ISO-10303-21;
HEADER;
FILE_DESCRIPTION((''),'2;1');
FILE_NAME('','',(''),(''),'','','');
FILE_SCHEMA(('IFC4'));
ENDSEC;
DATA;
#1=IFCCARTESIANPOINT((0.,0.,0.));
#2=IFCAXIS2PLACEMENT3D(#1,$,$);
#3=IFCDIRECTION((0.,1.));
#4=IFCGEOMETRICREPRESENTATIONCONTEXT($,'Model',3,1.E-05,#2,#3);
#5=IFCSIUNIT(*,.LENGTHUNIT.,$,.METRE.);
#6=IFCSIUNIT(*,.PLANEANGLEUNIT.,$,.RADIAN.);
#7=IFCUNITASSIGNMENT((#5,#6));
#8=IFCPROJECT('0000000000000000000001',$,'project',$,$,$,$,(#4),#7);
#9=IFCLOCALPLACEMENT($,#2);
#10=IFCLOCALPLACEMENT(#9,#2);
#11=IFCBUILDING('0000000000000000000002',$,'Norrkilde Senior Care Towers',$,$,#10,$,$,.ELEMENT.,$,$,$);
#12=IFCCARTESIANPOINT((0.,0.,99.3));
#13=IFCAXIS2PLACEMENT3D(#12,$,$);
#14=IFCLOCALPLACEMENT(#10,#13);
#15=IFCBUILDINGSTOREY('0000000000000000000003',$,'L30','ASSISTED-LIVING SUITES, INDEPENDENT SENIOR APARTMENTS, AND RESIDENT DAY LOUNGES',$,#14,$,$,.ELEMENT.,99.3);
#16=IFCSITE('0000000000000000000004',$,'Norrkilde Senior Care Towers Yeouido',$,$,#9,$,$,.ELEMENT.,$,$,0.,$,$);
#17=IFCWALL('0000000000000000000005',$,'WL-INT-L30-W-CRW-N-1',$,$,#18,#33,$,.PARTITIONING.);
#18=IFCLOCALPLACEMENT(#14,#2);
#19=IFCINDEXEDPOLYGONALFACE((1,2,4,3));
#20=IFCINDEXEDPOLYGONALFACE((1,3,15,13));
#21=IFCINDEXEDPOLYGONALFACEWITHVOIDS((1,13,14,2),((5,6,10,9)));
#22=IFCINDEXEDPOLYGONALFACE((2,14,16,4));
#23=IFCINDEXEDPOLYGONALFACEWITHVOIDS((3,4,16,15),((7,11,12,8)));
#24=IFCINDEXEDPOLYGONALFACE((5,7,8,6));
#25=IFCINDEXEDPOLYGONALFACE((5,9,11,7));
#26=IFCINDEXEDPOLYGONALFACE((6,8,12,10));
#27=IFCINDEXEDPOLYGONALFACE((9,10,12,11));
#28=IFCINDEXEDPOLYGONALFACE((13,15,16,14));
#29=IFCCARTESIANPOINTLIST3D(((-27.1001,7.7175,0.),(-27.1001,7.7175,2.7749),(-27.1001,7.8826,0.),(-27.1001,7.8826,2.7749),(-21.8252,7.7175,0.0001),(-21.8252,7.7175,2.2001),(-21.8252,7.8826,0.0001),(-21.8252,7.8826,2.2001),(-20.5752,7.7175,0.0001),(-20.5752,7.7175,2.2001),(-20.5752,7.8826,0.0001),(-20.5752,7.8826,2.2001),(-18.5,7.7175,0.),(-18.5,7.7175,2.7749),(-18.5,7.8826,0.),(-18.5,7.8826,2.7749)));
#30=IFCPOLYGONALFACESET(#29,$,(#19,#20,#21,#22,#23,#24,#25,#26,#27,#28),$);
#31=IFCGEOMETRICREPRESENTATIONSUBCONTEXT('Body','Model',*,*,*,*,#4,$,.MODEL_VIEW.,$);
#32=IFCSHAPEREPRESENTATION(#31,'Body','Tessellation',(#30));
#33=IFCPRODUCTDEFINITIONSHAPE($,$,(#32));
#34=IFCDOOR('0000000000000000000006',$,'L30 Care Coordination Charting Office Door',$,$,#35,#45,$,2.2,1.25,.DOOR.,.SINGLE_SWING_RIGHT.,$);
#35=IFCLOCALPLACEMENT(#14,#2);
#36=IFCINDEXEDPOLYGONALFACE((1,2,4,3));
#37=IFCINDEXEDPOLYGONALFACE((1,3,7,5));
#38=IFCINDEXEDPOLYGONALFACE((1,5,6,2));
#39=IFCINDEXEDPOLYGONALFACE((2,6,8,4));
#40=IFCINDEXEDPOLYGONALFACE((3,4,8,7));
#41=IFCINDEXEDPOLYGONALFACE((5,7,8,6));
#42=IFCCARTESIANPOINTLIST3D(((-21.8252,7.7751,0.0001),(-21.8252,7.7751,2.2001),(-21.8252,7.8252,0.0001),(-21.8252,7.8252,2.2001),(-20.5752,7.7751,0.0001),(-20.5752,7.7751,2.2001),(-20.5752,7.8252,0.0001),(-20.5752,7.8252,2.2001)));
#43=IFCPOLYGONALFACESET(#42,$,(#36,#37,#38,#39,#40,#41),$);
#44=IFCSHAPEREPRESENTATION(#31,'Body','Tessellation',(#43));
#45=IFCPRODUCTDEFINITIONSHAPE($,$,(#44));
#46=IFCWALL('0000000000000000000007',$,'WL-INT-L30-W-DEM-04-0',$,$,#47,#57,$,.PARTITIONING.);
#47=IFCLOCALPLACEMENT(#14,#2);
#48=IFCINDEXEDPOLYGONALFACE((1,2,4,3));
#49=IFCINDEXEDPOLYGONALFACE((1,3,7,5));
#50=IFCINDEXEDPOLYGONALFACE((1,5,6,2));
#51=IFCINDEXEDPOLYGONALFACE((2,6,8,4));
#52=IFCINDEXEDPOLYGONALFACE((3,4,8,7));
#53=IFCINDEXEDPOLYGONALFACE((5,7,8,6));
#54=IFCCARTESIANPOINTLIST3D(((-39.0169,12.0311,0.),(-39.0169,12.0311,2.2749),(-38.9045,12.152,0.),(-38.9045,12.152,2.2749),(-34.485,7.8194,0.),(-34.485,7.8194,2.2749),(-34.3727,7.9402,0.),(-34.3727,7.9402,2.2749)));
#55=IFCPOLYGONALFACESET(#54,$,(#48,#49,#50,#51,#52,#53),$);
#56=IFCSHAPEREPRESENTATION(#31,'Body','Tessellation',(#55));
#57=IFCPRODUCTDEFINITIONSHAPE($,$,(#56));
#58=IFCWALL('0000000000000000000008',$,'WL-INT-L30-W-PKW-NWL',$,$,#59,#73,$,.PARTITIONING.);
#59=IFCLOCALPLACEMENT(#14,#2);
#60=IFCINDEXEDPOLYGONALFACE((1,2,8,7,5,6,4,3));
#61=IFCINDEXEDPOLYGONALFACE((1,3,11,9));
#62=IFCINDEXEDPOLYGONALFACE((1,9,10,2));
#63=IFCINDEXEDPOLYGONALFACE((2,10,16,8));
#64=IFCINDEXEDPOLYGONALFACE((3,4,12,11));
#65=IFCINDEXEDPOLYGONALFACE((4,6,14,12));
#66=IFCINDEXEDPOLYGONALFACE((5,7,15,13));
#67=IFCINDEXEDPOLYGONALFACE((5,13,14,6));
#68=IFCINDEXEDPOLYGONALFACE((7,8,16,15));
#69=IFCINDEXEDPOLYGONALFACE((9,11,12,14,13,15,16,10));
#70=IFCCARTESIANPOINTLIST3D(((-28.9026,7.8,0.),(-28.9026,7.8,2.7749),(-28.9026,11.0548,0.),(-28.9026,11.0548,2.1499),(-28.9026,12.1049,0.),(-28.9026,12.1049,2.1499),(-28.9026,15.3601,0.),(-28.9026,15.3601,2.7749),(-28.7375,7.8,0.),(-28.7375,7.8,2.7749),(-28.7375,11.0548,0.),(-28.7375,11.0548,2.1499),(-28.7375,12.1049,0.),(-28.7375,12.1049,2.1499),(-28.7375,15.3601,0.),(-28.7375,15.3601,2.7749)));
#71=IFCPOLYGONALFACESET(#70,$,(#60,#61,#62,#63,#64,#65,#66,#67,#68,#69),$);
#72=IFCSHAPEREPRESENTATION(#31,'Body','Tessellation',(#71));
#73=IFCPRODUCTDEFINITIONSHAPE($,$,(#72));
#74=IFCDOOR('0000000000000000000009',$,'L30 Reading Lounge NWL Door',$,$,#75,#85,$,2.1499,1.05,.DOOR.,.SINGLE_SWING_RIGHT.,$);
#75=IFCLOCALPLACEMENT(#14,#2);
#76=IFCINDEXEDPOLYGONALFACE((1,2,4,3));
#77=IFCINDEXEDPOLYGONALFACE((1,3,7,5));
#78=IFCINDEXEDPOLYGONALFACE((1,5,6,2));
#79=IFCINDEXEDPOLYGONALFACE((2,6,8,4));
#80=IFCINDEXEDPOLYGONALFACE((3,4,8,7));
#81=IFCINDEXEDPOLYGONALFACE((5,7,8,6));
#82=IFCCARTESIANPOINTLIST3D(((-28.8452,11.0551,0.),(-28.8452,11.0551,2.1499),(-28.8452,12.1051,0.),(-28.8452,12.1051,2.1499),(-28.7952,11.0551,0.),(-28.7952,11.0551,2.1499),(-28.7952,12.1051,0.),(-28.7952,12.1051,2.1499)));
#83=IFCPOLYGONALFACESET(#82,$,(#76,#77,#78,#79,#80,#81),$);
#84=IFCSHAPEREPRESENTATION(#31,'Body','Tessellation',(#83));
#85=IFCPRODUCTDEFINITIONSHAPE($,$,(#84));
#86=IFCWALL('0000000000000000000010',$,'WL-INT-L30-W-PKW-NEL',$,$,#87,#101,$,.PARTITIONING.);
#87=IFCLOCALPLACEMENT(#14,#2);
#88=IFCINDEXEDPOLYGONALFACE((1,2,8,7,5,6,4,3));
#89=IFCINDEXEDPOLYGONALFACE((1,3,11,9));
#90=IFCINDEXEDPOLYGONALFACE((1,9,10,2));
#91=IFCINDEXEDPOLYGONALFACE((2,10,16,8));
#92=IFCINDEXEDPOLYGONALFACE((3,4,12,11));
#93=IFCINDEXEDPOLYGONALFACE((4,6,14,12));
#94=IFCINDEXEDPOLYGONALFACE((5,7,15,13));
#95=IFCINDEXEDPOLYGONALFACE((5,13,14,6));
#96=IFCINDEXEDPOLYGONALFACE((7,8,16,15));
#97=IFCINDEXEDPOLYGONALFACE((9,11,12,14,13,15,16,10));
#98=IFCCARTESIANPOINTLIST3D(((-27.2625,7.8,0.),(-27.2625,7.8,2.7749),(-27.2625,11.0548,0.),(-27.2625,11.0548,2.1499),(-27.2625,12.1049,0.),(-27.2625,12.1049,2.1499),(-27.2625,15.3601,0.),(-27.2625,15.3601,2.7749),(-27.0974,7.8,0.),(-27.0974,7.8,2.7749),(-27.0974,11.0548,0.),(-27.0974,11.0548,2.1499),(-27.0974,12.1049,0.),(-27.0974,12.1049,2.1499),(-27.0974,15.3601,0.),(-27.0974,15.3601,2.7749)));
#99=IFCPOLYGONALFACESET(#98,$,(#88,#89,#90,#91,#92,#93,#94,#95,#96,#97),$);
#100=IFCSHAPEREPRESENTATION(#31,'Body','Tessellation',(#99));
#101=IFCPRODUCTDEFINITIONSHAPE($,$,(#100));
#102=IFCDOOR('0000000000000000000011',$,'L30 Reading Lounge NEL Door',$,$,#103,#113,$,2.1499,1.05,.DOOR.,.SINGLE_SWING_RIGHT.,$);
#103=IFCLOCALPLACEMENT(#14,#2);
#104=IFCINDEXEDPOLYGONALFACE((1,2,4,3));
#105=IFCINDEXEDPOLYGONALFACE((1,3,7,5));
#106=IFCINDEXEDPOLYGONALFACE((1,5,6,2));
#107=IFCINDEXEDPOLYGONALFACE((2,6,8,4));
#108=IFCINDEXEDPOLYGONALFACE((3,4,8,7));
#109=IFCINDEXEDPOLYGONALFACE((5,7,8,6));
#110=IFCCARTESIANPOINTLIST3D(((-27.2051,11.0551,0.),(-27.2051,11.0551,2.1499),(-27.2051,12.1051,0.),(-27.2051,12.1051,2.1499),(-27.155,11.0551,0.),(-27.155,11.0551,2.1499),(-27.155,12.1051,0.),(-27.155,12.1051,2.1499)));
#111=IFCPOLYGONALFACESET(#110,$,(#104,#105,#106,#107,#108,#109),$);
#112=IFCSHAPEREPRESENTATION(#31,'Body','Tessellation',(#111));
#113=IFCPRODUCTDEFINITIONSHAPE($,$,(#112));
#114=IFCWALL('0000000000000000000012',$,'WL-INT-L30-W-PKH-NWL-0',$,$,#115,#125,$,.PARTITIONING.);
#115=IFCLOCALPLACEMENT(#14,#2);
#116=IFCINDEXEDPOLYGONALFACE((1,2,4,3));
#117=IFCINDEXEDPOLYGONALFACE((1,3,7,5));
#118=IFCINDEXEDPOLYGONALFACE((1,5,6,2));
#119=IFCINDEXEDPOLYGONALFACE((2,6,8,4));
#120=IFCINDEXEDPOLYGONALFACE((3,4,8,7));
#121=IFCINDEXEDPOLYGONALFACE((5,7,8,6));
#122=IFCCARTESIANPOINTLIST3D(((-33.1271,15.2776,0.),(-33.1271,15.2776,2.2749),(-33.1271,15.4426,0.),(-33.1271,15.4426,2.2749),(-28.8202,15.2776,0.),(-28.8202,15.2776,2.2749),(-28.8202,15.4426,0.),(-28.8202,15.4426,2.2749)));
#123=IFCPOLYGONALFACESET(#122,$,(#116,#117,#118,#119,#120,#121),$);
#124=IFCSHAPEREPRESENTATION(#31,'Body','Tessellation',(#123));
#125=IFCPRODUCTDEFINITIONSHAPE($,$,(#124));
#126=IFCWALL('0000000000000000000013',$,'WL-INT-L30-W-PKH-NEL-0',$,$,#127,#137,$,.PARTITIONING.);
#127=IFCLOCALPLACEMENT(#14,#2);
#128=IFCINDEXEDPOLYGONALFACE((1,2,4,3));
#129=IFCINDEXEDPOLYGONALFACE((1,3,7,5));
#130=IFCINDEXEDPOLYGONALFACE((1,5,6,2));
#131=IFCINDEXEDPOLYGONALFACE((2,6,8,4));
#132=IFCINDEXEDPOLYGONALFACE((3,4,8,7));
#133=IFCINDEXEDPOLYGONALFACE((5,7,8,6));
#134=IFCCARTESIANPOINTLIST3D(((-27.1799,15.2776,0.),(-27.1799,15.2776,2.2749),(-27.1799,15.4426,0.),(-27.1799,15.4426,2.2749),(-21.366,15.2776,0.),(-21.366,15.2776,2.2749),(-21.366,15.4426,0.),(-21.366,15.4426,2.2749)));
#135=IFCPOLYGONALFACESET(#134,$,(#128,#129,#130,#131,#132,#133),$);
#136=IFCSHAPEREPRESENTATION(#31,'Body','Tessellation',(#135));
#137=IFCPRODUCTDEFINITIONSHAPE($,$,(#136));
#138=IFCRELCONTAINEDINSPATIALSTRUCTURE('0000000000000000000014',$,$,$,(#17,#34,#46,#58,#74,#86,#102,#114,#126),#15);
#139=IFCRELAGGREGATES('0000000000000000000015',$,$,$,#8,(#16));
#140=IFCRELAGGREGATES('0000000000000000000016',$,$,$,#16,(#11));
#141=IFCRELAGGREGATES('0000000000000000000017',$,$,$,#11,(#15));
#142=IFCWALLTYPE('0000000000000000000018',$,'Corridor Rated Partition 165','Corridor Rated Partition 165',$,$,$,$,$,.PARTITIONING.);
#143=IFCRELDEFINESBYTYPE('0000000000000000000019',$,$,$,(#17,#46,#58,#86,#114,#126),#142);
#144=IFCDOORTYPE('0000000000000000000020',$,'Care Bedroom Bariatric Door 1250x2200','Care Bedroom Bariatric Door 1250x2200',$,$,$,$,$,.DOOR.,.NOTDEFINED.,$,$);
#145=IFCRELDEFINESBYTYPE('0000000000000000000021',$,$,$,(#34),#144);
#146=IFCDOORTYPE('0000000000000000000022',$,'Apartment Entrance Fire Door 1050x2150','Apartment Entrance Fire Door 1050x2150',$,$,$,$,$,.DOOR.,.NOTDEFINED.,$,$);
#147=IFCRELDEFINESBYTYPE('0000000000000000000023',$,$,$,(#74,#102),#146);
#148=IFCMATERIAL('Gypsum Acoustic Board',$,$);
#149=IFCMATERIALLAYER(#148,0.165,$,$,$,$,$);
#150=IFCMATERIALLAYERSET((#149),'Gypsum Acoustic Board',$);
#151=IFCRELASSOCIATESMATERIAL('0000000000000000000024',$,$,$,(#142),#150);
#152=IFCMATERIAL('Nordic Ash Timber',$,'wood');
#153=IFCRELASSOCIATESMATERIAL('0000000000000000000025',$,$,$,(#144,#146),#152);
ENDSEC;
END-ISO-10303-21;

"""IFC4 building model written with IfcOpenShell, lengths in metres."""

from ifc_helpers import new_model, si_unit, direction, frame, frame_2d, origin, place, context, subcontext, project, spatial, rectangle, extrude, source, transform, mapped, material, layer, layer_set, type_object, type_shapes, element, fill, save


model = new_model("IFC4")

# Units and contexts
model_context = context("Model", 3, precision=1e-05, world=origin(), true_north=direction((0.0, 1.0)))
body_context = subcontext(model_context, "Body", "Model", "MODEL_VIEW")
ifc_project = project(units=[si_unit("LENGTHUNIT", "METRE"), si_unit("PLANEANGLEUNIT", "RADIAN")], contexts=[model_context])

# Site, building, storey
site_placement = place(None, origin())
site = spatial("IfcSite", under=ifc_project, at=site_placement, Name="Norrkilde Senior Care Towers Yeouido", CompositionType="ELEMENT", RefElevation=0.0)
building_placement = place(site_placement, origin())
building = spatial("IfcBuilding", under=site, at=building_placement, Name="Norrkilde Senior Care Towers", CompositionType="ELEMENT")
storey_placement = place(building_placement, frame((0.0, 0.0, 99.3)))
storey = spatial("IfcBuildingStorey", under=building, at=storey_placement, Name="L30", Description="ASSISTED-LIVING SUITES, INDEPENDENT SENIOR APARTMENTS, AND RESIDENT DAY LOUNGES", CompositionType="ELEMENT", Elevation=99.3)

# Shared definitions
ifc_material_1 = material(Name="Gypsum Acoustic Board")

# Wall, opening, door
ifc_layer_1 = layer(ifc_material_1, 0.165)
ifc_layer_set_1 = layer_set([ifc_layer_1], Name="Gypsum Acoustic Board")
wall_type_1 = type_object("IfcWallType", Name="Corridor Rated Partition 165", Description="Corridor Rated Partition 165", PredefinedType="PARTITIONING", material=ifc_layer_set_1)
shared_shape_1 = source(origin(), body_context, "Body", "SweptSolid", [
    extrude(rectangle(XDim=8.6001, YDim=0.165, at=frame_2d((4.3, 0.0))), origin(), (0.0, 0.0, 1.0), 2.7749),
])
wall_1_placement = place(storey_placement, frame((-27.1001, 7.8, 0.0), z_axis=(0.0, 0.0, 1.0), x_axis=(1.0, 0.0, 0.0)))
wall_1 = element("IfcWall", 1, at=wall_1_placement, inside=storey, type_object=wall_type_1, Name="WL-INT-L30-W-CRW-N-1", PredefinedType="PARTITIONING", context=body_context, shape_type="MappedRepresentation", body=[
    mapped(shared_shape_1, transform((0.0, 0.0, 0.0), x_axis=(1.0, 0.0, 0.0), y_axis=(0.0, 1.0, 0.0), z_axis=(0.0, 0.0, 1.0), scale=1.0)),
])
opening_1_placement = place(wall_1_placement, frame((5.2749, 0.0, 0.0)))
opening_1 = element("IfcOpeningElement", 2, at=opening_1_placement, cuts=wall_1, PredefinedType="OPENING", context=body_context, shape_type="SweptSolid", body=[
    extrude(rectangle(XDim=1.25, YDim=2.2, at=frame_2d((0.625, 1.1001))), frame((0.0, 0.0925, 0.0), z_axis=(0.0, -1.0, 0.0), x_axis=(1.0, 0.0, 0.0)), (0.0, 0.0, 1.0), 0.1851),
])
ifc_material_2 = material(Name="Nordic Ash Timber", Category="wood")
door_type_1 = type_object("IfcDoorType", Name="Care Bedroom Bariatric Door 1250x2200", Description="Care Bedroom Bariatric Door 1250x2200", OperationType="NOTDEFINED", PredefinedType="DOOR", material=ifc_material_2)
shared_shape_2 = source(origin(), body_context, "Body", "SweptSolid", [
    extrude(rectangle(XDim=1.25, YDim=2.2, at=frame_2d((0.625, 1.1001))), frame((0.0, 0.0249, 0.0), z_axis=(0.0, -1.0, 0.0), x_axis=(1.0, 0.0, 0.0)), (0.0, 0.0, 1.0), 0.05),
])
type_shapes(door_type_1, [shared_shape_2])
door_1_placement = place(opening_1_placement, frame((1.25, 0.0, 0.0), z_axis=(0.0, 0.0, 1.0), x_axis=(-1.0, 0.0, 0.0)))
door_1 = element("IfcDoor", 3, at=door_1_placement, inside=storey, type_object=door_type_1, Name="L30 Care Coordination Charting Office Door", OperationType="SINGLE_SWING_RIGHT", OverallHeight=2.2, OverallWidth=1.25, PredefinedType="DOOR", context=body_context, shape_type="MappedRepresentation", body=[
    mapped(shared_shape_2, transform((0.0, 0.0, 0.0), x_axis=(1.0, 0.0, 0.0), y_axis=(0.0, 1.0, 0.0), z_axis=(0.0, 0.0, 1.0), scale=1.0)),
])
fill(opening_1, door_1)

# Wall
shared_shape_3 = source(origin(), body_context, "Body", "SweptSolid", [
    extrude(rectangle(XDim=6.1868, YDim=0.165, at=frame_2d((3.0933, 0.0))), origin(), (0.0, 0.0, 1.0), 2.2749),
])
wall_2_placement = place(storey_placement, frame((-34.429, 7.8799, 0.0), z_axis=(0.0, 0.0, 1.0), x_axis=(-0.732501, 0.680766, 0.0)))
element("IfcWall", 4, at=wall_2_placement, inside=storey, type_object=wall_type_1, Name="WL-INT-L30-W-DEM-04-0", PredefinedType="PARTITIONING", context=body_context, shape_type="MappedRepresentation", body=[
    mapped(shared_shape_3, transform((0.0, 0.0, 0.0), x_axis=(1.0, 0.0, 0.0), y_axis=(0.0, 1.0, 0.0), z_axis=(0.0, 0.0, 1.0), scale=1.0)),
])

# Walls, openings, doors
shared_shape_4 = source(origin(), body_context, "Body", "SweptSolid", [
    extrude(rectangle(XDim=7.5601, YDim=0.165, at=frame_2d((3.78, 0.0))), origin(), (0.0, 0.0, 1.0), 2.7749),
])
wall_3_placement = place(storey_placement, frame((-28.8201, 7.8, 0.0), z_axis=(0.0, 0.0, 1.0), x_axis=(0.0, 1.0, 0.0)))
wall_3 = element("IfcWall", 5, at=wall_3_placement, inside=storey, type_object=wall_type_1, Name="WL-INT-L30-W-PKW-NWL", PredefinedType="PARTITIONING", context=body_context, shape_type="MappedRepresentation", body=[
    mapped(shared_shape_4, transform((0.0, 0.0, 0.0), x_axis=(1.0, 0.0, 0.0), y_axis=(0.0, 1.0, 0.0), z_axis=(0.0, 0.0, 1.0), scale=1.0)),
])
opening_2_placement = place(wall_3_placement, frame((3.2549, 0.0, 0.0)))
opening_2 = element("IfcOpeningElement", 6, at=opening_2_placement, cuts=wall_3, PredefinedType="OPENING", context=body_context, shape_type="SweptSolid", body=[
    extrude(rectangle(XDim=1.05, YDim=2.1499, at=frame_2d((0.5249, 1.075))), frame((0.0, 0.0925, 0.0), z_axis=(0.0, -1.0, 0.0), x_axis=(1.0, 0.0, 0.0)), (0.0, 0.0, 1.0), 0.1851),
])
door_type_2 = type_object("IfcDoorType", Name="Apartment Entrance Fire Door 1050x2150", Description="Apartment Entrance Fire Door 1050x2150", OperationType="NOTDEFINED", PredefinedType="DOOR", material=ifc_material_2)
shared_shape_5 = source(origin(), body_context, "Body", "SweptSolid", [
    extrude(rectangle(XDim=1.05, YDim=2.1499, at=frame_2d((0.5249, 1.075))), frame((0.0, 0.0249, 0.0), z_axis=(0.0, -1.0, 0.0), x_axis=(1.0, 0.0, 0.0)), (0.0, 0.0, 1.0), 0.05),
])
type_shapes(door_type_2, [shared_shape_5])
door_2_placement = place(opening_2_placement, frame((1.05, 0.0, 0.0), z_axis=(0.0, 0.0, 1.0), x_axis=(-1.0, 0.0, 0.0)))
door_2 = element("IfcDoor", 7, at=door_2_placement, inside=storey, type_object=door_type_2, Name="L30 Reading Lounge NWL Door", OperationType="SINGLE_SWING_RIGHT", OverallHeight=2.1499, OverallWidth=1.05, PredefinedType="DOOR", context=body_context, shape_type="MappedRepresentation", body=[
    mapped(shared_shape_5, transform((0.0, 0.0, 0.0), x_axis=(1.0, 0.0, 0.0), y_axis=(0.0, 1.0, 0.0), z_axis=(0.0, 0.0, 1.0), scale=1.0)),
])
fill(opening_2, door_2)
wall_4_placement = place(storey_placement, frame((-27.1799, 7.8, 0.0), z_axis=(0.0, 0.0, 1.0), x_axis=(0.0, 1.0, 0.0)))
wall_4 = element("IfcWall", 8, at=wall_4_placement, inside=storey, type_object=wall_type_1, Name="WL-INT-L30-W-PKW-NEL", PredefinedType="PARTITIONING", context=body_context, shape_type="MappedRepresentation", body=[
    mapped(shared_shape_4, transform((0.0, 0.0, 0.0), x_axis=(1.0, 0.0, 0.0), y_axis=(0.0, 1.0, 0.0), z_axis=(0.0, 0.0, 1.0), scale=1.0)),
])
opening_3_placement = place(wall_4_placement, frame((3.2549, 0.0, 0.0)))
opening_3 = element("IfcOpeningElement", 9, at=opening_3_placement, cuts=wall_4, PredefinedType="OPENING", context=body_context, shape_type="SweptSolid", body=[
    extrude(rectangle(XDim=1.05, YDim=2.1499, at=frame_2d((0.5249, 1.075))), frame((0.0, 0.0925, 0.0), z_axis=(0.0, -1.0, 0.0), x_axis=(1.0, 0.0, 0.0)), (0.0, 0.0, 1.0), 0.1851),
])
door_3_placement = place(opening_3_placement, frame((1.05, 0.0, 0.0), z_axis=(0.0, 0.0, 1.0), x_axis=(-1.0, 0.0, 0.0)))
door_3 = element("IfcDoor", 10, at=door_3_placement, inside=storey, type_object=door_type_2, Name="L30 Reading Lounge NEL Door", OperationType="SINGLE_SWING_RIGHT", OverallHeight=2.1499, OverallWidth=1.05, PredefinedType="DOOR", context=body_context, shape_type="MappedRepresentation", body=[
    mapped(shared_shape_5, transform((0.0, 0.0, 0.0), x_axis=(1.0, 0.0, 0.0), y_axis=(0.0, 1.0, 0.0), z_axis=(0.0, 0.0, 1.0), scale=1.0)),
])
fill(opening_3, door_3)

# Walls
shared_shape_6 = source(origin(), body_context, "Body", "SweptSolid", [
    extrude(rectangle(XDim=4.3069, YDim=0.165, at=frame_2d((2.1533, 0.0))), origin(), (0.0, 0.0, 1.0), 2.2749),
])
wall_5_placement = place(storey_placement, frame((-33.127, 15.3601, 0.0), z_axis=(0.0, 0.0, 1.0), x_axis=(1.0, 0.0, 0.0)))
element("IfcWall", 11, at=wall_5_placement, inside=storey, type_object=wall_type_1, Name="WL-INT-L30-W-PKH-NWL-0", PredefinedType="PARTITIONING", context=body_context, shape_type="MappedRepresentation", body=[
    mapped(shared_shape_6, transform((0.0, 0.0, 0.0), x_axis=(1.0, 0.0, 0.0), y_axis=(0.0, 1.0, 0.0), z_axis=(0.0, 0.0, 1.0), scale=1.0)),
])
shared_shape_7 = source(origin(), body_context, "Body", "SweptSolid", [
    extrude(rectangle(XDim=5.814, YDim=0.165, at=frame_2d((2.907, 0.0))), origin(), (0.0, 0.0, 1.0), 2.2749),
])
type_shapes(wall_type_1, [shared_shape_1, shared_shape_3, shared_shape_4, shared_shape_6, shared_shape_7])
wall_6_placement = place(storey_placement, frame((-27.1799, 15.3601, 0.0), z_axis=(0.0, 0.0, 1.0), x_axis=(1.0, 0.0, 0.0)))
element("IfcWall", 12, at=wall_6_placement, inside=storey, type_object=wall_type_1, Name="WL-INT-L30-W-PKH-NEL-0", PredefinedType="PARTITIONING", context=body_context, shape_type="MappedRepresentation", body=[
    mapped(shared_shape_7, transform((0.0, 0.0, 0.0), x_axis=(1.0, 0.0, 0.0), y_axis=(0.0, 1.0, 0.0), z_axis=(0.0, 0.0, 1.0), scale=1.0)),
])

save(model, "model.ifc")
